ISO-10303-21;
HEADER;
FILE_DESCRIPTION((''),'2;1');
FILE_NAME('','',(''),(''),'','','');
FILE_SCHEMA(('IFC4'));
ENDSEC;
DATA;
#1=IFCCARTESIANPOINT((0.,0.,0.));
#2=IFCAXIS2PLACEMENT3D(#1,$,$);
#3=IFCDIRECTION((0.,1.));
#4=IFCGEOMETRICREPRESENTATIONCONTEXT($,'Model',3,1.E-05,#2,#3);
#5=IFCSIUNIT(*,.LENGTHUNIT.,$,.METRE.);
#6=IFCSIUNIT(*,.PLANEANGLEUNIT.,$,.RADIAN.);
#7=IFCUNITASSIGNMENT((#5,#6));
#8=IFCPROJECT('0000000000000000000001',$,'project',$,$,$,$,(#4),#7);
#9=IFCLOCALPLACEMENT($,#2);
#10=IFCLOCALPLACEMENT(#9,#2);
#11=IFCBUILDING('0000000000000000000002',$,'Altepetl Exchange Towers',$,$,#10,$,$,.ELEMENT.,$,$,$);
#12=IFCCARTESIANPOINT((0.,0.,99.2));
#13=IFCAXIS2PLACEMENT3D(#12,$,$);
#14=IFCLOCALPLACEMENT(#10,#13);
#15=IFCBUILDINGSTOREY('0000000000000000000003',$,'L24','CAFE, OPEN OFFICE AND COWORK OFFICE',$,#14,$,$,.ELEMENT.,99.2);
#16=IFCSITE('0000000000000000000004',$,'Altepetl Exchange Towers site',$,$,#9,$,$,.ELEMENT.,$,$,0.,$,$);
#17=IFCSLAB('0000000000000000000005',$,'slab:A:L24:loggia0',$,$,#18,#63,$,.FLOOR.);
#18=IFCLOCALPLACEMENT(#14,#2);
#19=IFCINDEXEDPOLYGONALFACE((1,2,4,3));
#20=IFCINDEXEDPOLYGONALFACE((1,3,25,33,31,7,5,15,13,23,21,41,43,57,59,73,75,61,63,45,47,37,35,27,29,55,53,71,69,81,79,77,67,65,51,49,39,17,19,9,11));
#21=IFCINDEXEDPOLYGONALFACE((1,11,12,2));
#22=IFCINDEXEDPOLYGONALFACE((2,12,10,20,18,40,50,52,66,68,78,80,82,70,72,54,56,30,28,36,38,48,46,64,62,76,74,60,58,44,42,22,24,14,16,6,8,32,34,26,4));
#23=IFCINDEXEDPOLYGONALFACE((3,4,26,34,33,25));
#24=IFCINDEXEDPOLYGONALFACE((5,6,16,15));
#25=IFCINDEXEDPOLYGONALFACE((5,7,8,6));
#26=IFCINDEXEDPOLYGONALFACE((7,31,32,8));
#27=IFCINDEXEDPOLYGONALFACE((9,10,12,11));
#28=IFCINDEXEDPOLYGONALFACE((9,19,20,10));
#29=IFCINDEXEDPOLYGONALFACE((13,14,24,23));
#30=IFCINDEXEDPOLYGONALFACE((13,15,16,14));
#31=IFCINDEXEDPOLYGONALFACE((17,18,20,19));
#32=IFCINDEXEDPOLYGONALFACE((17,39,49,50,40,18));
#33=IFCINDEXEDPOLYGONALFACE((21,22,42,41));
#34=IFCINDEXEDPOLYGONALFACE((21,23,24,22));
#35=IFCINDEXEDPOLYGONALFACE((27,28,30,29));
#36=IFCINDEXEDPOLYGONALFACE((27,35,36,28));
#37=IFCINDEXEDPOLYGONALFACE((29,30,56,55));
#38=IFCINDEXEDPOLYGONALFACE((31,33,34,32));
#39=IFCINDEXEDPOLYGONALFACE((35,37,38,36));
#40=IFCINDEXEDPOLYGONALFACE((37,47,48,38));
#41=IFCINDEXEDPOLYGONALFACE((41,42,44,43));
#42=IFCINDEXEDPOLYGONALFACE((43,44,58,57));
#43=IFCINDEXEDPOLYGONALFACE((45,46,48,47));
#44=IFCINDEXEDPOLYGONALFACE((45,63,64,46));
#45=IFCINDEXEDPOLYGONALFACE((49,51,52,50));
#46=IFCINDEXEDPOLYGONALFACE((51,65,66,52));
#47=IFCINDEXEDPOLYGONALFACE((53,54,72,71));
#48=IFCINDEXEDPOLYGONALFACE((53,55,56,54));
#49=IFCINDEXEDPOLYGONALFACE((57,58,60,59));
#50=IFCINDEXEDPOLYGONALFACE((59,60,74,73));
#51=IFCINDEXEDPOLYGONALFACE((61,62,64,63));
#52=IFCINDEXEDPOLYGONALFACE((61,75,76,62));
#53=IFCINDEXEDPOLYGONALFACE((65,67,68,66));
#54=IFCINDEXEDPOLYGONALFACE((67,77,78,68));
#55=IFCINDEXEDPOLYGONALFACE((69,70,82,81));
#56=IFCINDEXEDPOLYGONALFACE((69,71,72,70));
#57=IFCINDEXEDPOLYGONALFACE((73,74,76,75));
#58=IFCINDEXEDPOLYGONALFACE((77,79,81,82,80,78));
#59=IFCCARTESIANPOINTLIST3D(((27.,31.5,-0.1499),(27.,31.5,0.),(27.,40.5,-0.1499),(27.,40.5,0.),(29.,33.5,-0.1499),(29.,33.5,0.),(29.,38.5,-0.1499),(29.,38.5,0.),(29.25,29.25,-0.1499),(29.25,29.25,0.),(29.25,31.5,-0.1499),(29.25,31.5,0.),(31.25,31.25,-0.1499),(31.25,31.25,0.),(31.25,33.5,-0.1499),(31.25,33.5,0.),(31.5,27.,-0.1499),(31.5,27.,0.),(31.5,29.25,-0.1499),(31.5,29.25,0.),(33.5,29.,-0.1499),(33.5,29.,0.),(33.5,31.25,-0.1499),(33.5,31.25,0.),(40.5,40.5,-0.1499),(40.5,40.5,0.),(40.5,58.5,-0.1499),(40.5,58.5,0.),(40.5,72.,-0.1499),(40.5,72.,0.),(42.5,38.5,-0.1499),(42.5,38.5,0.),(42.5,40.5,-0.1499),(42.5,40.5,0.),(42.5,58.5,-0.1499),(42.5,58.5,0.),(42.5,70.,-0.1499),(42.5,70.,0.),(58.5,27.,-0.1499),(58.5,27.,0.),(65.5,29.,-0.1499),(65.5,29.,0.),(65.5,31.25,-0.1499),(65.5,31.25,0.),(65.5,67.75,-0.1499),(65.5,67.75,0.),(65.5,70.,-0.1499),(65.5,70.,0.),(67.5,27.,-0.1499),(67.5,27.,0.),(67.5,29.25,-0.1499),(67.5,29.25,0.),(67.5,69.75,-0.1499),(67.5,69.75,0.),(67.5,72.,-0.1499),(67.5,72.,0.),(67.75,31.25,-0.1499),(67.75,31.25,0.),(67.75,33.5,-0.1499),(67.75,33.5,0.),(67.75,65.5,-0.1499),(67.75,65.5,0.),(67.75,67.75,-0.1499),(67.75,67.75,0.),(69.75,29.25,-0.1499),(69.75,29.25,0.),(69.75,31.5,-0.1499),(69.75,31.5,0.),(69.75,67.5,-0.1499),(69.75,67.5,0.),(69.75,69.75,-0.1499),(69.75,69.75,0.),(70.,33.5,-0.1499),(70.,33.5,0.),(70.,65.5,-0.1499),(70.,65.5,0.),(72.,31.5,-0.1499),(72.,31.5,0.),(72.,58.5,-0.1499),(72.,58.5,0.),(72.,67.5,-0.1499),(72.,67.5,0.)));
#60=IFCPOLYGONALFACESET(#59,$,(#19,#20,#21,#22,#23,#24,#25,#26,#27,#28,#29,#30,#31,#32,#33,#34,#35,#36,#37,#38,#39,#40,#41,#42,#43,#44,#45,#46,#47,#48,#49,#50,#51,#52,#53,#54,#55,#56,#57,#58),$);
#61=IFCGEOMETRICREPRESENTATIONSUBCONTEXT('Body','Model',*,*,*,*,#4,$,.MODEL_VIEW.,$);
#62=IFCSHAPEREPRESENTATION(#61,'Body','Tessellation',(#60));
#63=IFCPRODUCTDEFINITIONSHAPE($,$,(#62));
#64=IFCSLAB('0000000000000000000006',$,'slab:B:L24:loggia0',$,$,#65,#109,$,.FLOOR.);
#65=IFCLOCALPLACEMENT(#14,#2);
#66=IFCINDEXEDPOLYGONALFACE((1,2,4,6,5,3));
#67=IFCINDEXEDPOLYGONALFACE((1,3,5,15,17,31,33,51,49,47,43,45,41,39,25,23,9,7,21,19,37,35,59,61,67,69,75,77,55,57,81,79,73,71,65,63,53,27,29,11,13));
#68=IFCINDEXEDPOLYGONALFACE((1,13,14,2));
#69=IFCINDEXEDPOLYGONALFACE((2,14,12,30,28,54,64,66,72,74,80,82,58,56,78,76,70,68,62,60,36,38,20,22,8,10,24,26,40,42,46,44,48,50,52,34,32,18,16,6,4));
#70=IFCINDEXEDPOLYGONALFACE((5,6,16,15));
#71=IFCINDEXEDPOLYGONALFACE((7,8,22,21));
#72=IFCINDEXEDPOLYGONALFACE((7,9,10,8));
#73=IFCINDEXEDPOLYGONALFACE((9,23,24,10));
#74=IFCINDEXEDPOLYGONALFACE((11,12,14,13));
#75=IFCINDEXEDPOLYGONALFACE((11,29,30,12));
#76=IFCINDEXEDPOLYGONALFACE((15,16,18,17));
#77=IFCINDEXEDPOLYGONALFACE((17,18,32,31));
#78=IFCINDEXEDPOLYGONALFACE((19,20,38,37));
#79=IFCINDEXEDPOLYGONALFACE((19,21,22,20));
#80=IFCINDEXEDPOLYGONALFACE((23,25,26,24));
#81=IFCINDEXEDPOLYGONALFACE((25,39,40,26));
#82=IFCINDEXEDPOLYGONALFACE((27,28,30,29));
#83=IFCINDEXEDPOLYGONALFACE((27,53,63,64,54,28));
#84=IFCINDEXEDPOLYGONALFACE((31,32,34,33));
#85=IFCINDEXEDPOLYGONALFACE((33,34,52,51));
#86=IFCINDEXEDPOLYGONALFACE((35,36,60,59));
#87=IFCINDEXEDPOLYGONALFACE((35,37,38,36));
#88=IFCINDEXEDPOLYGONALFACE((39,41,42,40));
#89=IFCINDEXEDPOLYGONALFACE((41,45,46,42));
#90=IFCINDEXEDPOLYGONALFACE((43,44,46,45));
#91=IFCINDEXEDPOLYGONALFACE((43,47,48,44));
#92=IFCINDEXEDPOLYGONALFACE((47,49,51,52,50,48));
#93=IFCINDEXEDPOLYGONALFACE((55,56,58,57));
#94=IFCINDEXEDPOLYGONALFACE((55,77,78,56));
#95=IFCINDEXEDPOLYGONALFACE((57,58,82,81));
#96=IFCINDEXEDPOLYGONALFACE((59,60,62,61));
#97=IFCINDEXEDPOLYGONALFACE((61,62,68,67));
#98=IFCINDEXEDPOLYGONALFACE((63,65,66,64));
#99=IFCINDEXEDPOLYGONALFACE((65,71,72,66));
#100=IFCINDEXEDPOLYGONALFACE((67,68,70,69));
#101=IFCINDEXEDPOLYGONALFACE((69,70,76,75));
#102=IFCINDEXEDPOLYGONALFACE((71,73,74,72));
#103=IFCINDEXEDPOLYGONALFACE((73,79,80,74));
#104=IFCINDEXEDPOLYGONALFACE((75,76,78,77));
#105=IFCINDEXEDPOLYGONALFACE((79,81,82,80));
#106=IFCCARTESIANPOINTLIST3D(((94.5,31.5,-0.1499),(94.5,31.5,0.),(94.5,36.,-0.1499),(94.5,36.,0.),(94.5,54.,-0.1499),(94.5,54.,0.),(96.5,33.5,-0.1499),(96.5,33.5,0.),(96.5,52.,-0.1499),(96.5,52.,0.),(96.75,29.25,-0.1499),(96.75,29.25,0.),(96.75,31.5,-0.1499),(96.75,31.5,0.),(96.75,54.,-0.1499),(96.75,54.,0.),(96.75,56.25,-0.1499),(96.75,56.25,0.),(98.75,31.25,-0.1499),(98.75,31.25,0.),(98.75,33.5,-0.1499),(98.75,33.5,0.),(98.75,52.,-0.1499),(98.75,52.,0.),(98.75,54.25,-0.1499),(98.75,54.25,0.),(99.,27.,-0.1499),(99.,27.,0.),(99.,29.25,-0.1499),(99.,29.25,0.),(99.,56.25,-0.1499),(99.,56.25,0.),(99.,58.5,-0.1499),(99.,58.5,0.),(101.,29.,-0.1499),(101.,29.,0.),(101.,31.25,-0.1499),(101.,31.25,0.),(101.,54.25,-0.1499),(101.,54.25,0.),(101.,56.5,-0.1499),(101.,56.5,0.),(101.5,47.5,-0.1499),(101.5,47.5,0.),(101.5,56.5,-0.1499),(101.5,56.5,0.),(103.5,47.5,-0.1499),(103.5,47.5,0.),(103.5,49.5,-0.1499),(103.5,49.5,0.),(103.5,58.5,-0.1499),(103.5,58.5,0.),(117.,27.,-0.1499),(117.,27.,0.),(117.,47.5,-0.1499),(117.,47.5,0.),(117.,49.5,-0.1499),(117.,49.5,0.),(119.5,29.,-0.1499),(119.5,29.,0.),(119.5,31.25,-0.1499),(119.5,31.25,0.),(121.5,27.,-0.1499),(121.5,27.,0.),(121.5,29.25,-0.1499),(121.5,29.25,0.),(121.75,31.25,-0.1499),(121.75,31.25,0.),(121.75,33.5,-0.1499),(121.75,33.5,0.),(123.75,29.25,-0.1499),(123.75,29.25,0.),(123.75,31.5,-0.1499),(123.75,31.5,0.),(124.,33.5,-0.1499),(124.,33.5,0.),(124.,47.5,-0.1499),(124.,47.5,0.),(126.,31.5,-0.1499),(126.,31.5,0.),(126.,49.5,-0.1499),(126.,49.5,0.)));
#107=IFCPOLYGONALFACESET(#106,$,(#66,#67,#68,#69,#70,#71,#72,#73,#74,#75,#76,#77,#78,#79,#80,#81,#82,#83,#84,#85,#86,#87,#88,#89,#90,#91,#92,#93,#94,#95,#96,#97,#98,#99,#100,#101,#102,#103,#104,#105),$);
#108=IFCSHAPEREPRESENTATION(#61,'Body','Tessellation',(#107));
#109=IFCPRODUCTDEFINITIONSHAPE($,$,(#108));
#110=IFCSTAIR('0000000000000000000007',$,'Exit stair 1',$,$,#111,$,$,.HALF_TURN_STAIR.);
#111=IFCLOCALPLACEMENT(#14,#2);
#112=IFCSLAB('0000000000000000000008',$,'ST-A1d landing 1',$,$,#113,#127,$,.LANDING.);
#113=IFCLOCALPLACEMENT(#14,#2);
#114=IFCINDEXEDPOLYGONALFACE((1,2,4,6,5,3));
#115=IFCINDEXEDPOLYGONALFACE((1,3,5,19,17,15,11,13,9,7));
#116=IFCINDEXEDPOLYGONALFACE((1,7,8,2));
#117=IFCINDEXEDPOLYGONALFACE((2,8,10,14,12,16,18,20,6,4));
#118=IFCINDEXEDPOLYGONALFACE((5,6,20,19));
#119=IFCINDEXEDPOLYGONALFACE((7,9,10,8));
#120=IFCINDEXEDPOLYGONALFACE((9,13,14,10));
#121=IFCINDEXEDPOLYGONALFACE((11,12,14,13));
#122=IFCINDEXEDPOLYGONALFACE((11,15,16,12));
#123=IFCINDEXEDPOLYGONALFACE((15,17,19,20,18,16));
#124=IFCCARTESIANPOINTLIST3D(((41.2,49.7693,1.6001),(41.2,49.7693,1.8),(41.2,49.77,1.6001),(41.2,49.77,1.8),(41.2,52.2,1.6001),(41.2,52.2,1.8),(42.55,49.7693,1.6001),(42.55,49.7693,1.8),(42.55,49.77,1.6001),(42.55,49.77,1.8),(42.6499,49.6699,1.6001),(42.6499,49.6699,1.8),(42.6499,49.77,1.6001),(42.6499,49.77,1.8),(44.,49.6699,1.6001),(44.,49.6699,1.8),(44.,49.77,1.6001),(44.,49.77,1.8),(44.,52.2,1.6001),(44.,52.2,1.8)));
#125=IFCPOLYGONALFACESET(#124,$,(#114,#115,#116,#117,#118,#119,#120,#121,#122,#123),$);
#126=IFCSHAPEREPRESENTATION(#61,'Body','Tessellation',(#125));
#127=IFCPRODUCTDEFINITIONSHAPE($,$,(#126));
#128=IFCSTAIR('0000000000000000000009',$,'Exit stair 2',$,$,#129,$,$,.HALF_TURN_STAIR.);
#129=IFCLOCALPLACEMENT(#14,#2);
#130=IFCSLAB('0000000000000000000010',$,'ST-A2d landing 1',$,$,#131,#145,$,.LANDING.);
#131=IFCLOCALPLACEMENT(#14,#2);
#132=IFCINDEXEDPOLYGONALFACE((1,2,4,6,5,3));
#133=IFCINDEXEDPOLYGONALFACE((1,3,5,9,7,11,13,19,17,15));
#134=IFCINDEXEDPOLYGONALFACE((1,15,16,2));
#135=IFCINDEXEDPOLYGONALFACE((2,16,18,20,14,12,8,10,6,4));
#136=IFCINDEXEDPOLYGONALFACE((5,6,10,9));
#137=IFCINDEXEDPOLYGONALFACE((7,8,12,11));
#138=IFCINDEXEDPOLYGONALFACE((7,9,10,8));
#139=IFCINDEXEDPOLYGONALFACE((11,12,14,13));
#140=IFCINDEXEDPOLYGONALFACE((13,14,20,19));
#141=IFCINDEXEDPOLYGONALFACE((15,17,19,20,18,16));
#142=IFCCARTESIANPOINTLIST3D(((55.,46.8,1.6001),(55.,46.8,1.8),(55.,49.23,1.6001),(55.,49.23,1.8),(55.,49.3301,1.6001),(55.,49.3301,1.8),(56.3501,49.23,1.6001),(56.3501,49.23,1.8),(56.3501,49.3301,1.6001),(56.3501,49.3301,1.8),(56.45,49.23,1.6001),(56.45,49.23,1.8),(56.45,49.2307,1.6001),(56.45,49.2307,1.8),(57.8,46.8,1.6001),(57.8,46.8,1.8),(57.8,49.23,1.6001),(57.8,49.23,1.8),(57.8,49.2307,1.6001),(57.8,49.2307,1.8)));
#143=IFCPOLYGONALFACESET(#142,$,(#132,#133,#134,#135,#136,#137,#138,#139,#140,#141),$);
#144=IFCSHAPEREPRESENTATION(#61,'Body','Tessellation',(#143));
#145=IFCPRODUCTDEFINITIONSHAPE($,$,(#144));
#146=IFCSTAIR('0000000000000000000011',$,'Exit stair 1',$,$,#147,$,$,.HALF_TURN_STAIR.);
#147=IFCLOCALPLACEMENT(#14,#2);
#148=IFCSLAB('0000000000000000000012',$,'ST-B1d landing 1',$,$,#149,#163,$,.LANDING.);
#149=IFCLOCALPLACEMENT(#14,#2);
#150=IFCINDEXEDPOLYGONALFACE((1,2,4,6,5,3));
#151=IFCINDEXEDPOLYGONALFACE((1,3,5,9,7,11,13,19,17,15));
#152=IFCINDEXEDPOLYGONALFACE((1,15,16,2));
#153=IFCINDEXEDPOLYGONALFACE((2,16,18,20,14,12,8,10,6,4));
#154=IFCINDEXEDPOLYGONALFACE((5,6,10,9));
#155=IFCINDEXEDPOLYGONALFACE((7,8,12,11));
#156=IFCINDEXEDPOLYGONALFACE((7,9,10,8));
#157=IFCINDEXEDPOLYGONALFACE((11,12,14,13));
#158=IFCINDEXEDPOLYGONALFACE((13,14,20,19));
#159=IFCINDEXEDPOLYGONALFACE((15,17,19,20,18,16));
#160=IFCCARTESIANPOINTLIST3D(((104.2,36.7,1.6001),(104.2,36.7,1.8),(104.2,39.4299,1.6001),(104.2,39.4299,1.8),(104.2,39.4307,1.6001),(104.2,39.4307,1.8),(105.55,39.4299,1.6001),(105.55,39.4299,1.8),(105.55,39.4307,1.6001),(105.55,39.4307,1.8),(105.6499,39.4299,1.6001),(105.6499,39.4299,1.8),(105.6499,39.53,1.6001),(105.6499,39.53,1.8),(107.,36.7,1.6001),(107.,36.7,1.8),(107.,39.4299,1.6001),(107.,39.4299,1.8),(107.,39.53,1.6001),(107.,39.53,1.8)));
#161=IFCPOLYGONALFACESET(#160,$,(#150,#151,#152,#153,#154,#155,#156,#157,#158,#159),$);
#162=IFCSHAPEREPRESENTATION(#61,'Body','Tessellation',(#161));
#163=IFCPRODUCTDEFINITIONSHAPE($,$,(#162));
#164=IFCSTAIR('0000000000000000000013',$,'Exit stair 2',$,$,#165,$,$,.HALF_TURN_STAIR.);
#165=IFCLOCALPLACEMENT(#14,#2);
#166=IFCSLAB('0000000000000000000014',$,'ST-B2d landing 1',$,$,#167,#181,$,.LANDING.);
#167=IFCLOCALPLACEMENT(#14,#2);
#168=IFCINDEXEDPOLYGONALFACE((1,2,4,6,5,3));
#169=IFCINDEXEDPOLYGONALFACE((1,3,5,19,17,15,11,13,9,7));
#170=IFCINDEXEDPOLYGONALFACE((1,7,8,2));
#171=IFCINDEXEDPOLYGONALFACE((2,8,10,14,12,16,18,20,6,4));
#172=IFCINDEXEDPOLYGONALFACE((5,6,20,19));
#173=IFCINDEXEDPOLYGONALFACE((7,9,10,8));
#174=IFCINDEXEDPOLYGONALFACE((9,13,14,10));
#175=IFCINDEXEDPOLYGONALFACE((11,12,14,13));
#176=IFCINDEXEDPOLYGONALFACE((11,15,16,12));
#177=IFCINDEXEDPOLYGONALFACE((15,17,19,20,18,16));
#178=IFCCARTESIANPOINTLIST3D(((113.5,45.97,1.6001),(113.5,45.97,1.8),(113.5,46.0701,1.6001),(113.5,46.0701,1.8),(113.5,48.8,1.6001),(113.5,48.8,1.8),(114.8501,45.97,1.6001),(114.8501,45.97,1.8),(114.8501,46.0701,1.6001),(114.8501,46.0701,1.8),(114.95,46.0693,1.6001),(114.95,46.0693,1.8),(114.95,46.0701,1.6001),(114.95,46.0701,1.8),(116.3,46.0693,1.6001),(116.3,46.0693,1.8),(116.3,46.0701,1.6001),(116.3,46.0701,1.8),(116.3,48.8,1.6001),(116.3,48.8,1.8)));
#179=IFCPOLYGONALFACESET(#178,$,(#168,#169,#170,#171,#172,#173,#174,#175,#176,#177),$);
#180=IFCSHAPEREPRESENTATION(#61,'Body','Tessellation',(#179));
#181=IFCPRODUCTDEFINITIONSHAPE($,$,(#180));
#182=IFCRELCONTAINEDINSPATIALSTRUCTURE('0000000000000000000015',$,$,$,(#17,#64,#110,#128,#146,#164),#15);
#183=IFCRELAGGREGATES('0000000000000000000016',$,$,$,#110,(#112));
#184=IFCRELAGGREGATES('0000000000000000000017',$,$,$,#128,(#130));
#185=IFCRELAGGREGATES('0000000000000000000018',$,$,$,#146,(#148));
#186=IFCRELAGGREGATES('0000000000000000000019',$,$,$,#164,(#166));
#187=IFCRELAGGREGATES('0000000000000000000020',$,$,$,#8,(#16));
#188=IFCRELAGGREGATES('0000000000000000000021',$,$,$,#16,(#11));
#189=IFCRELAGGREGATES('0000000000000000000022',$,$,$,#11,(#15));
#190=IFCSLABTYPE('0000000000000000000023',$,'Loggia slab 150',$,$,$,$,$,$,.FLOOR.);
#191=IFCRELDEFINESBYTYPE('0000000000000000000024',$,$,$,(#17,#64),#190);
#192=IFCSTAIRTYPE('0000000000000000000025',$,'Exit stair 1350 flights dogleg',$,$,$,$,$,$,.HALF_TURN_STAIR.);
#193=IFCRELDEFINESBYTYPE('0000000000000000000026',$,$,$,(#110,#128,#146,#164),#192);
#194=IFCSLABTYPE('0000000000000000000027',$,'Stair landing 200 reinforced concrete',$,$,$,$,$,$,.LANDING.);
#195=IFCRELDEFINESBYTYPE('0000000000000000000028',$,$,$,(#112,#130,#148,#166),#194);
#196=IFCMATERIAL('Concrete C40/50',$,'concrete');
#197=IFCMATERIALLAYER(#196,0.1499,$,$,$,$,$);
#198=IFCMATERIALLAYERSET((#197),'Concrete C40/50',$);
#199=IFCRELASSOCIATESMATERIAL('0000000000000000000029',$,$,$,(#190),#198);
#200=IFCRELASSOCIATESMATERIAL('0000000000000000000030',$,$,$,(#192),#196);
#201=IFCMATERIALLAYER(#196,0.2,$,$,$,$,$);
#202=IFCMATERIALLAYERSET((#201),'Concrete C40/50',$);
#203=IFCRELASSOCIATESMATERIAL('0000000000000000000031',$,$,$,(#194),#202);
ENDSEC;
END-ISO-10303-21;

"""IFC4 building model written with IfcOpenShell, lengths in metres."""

from ifc_helpers import new_model, si_unit, direction, frame, origin, place, context, subcontext, project, spatial, polyline, outline, extrude, material, layer, layer_set, type_object, element, aggregate, save


model = new_model("IFC4")

# Units and contexts
model_context = context("Model", 3, precision=1e-05, world=origin(), true_north=direction((0.0, 1.0)))
body_context = subcontext(model_context, "Body", "Model", "MODEL_VIEW")
ifc_project = project(units=[si_unit("LENGTHUNIT", "METRE"), si_unit("PLANEANGLEUNIT", "RADIAN")], contexts=[model_context])

# Site, building, storey
site_placement = place(None, origin())
site = spatial("IfcSite", under=ifc_project, at=site_placement, Name="Altepetl Exchange Towers site", CompositionType="ELEMENT", RefElevation=0.0)
building_placement = place(site_placement, origin())
building = spatial("IfcBuilding", under=site, at=building_placement, Name="Altepetl Exchange Towers", CompositionType="ELEMENT")
storey_placement = place(building_placement, frame((0.0, 0.0, 99.2)))
storey = spatial("IfcBuildingStorey", under=building, at=storey_placement, Name="L24", Description="CAFE, OPEN OFFICE AND COWORK OFFICE", CompositionType="ELEMENT", Elevation=99.2)

# Slabs
ifc_material_1 = material(Name="Concrete C40/50", Category="concrete")
ifc_layer_1 = layer(ifc_material_1, 0.1499)
ifc_layer_set_1 = layer_set([ifc_layer_1], Name="Concrete C40/50")
slab_type_1 = type_object("IfcSlabType", Name="Loggia slab 150", PredefinedType="FLOOR", material=ifc_layer_set_1)
slab_1_placement = place(storey_placement, frame((0.0, 0.0, -0.1499)))
element("IfcSlab", 1, at=slab_1_placement, inside=storey, type_object=slab_type_1, Name="slab:A:L24:loggia0", PredefinedType="FLOOR", context=body_context, shape_type="SweptSolid", body=[
    extrude(outline(polyline([(40.5, 72.0), (40.5, 58.5), (42.5, 58.5), (42.5, 70.0), (65.5, 70.0), (65.5, 67.75), (67.75, 67.75), (67.75, 65.5), (70.0, 65.5), (70.0, 33.5), (67.75, 33.5), (67.75, 31.25), (65.5, 31.25), (65.5, 29.0), (33.5, 29.0), (33.5, 31.25), (31.25, 31.25), (31.25, 33.5), (29.0, 33.5), (29.0, 38.5), (42.5, 38.5), (42.5, 40.5), (40.5, 40.5), (27.0, 40.5), (27.0, 31.5), (29.25, 31.5), (29.25, 29.25), (31.5, 29.25), (31.5, 27.0), (58.5, 27.0), (67.5, 27.0), (67.5, 29.25), (69.75, 29.25), (69.75, 31.5), (72.0, 31.5), (72.0, 58.5), (72.0, 67.5), (69.75, 67.5), (69.75, 69.75), (67.5, 69.75), (67.5, 72.0), (40.5, 72.0)])), origin(), (0.0, 0.0, 1.0), 0.1499),
])
slab_2_placement = place(storey_placement, frame((0.0, 0.0, -0.1499)))
element("IfcSlab", 2, at=slab_2_placement, inside=storey, type_object=slab_type_1, Name="slab:B:L24:loggia0", PredefinedType="FLOOR", context=body_context, shape_type="SweptSolid", body=[
    extrude(outline(polyline([(96.75, 54.0), (94.5, 54.0), (94.5, 36.0), (94.5, 31.5), (96.75, 31.5), (96.75, 29.25), (99.0, 29.25), (99.0, 27.0), (117.0, 27.0), (121.5, 27.0), (121.5, 29.25), (123.75, 29.25), (123.75, 31.5), (126.0, 31.5), (126.0, 49.5), (117.0, 49.5), (117.0, 47.5), (124.0, 47.5), (124.0, 33.5), (121.75, 33.5), (121.75, 31.25), (119.5, 31.25), (119.5, 29.0), (101.0, 29.0), (101.0, 31.25), (98.75, 31.25), (98.75, 33.5), (96.5, 33.5), (96.5, 52.0), (98.75, 52.0), (98.75, 54.25), (101.0, 54.25), (101.0, 56.5), (101.5, 56.5), (101.5, 47.5), (103.5, 47.5), (103.5, 49.5), (103.5, 58.5), (99.0, 58.5), (99.0, 56.25), (96.75, 56.25), (96.75, 54.0)])), origin(), (0.0, 0.0, 1.0), 0.1499),
])

# Stairs, slabs
stair_type = type_object("IfcStairType", Name="Exit stair 1350 flights dogleg", PredefinedType="HALF_TURN_STAIR", material=ifc_material_1)
stair_1_placement = place(storey_placement, origin())
stair_1 = element("IfcStair", 3, at=stair_1_placement, inside=storey, type_object=stair_type, Name="Exit stair 1", PredefinedType="HALF_TURN_STAIR")
ifc_layer_2 = layer(ifc_material_1, 0.2)
ifc_layer_set_2 = layer_set([ifc_layer_2], Name="Concrete C40/50")
slab_type_2 = type_object("IfcSlabType", Name="Stair landing 200 reinforced concrete", PredefinedType="LANDING", material=ifc_layer_set_2)
slab_3_placement = place(storey_placement, frame((0.0, 0.0, 1.6001)))
slab_3 = element("IfcSlab", 4, at=slab_3_placement, type_object=slab_type_2, Name="ST-A1d landing 1", PredefinedType="LANDING", context=body_context, shape_type="SweptSolid", body=[
    extrude(outline(polyline([(44.0, 49.6699), (42.6499, 49.6699), (42.6499, 49.77), (42.55, 49.77), (42.55, 49.7693), (41.2, 49.7693), (41.2, 49.77), (41.2, 52.2), (44.0, 52.2), (44.0, 49.77), (44.0, 49.6699)])), origin(), (0.0, 0.0, 1.0), 0.2),
])
aggregate(stair_1, [slab_3])
stair_2_placement = place(storey_placement, origin())
stair_2 = element("IfcStair", 5, at=stair_2_placement, inside=storey, type_object=stair_type, Name="Exit stair 2", PredefinedType="HALF_TURN_STAIR")
slab_4_placement = place(storey_placement, frame((0.0, 0.0, 1.6001)))
slab_4 = element("IfcSlab", 6, at=slab_4_placement, type_object=slab_type_2, Name="ST-A2d landing 1", PredefinedType="LANDING", context=body_context, shape_type="SweptSolid", body=[
    extrude(outline(polyline([(57.8, 46.8), (55.0, 46.8), (55.0, 49.23), (55.0, 49.3301), (56.3501, 49.3301), (56.3501, 49.23), (56.45, 49.23), (56.45, 49.2307), (57.8, 49.2307), (57.8, 49.23), (57.8, 46.8)])), origin(), (0.0, 0.0, 1.0), 0.2),
])
aggregate(stair_2, [slab_4])
stair_3_placement = place(storey_placement, origin())
stair_3 = element("IfcStair", 7, at=stair_3_placement, inside=storey, type_object=stair_type, Name="Exit stair 1", PredefinedType="HALF_TURN_STAIR")
slab_5_placement = place(storey_placement, frame((0.0, 0.0, 1.6001)))
slab_5 = element("IfcSlab", 8, at=slab_5_placement, type_object=slab_type_2, Name="ST-B1d landing 1", PredefinedType="LANDING", context=body_context, shape_type="SweptSolid", body=[
    extrude(outline(polyline([(107.0, 36.7), (104.2, 36.7), (104.2, 39.4299), (104.2, 39.4307), (105.55, 39.4307), (105.55, 39.4299), (105.6499, 39.4299), (105.6499, 39.53), (107.0, 39.53), (107.0, 39.4299), (107.0, 36.7)])), origin(), (0.0, 0.0, 1.0), 0.2),
])
aggregate(stair_3, [slab_5])
stair_4_placement = place(storey_placement, origin())
stair_4 = element("IfcStair", 9, at=stair_4_placement, inside=storey, type_object=stair_type, Name="Exit stair 2", PredefinedType="HALF_TURN_STAIR")
slab_6_placement = place(storey_placement, frame((0.0, 0.0, 1.6001)))
slab_6 = element("IfcSlab", 10, at=slab_6_placement, type_object=slab_type_2, Name="ST-B2d landing 1", PredefinedType="LANDING", context=body_context, shape_type="SweptSolid", body=[
    extrude(outline(polyline([(114.8501, 45.97), (113.5, 45.97), (113.5, 46.0701), (113.5, 48.8), (116.3, 48.8), (116.3, 46.0701), (116.3, 46.0693), (114.95, 46.0693), (114.95, 46.0701), (114.8501, 46.0701), (114.8501, 45.97)])), origin(), (0.0, 0.0, 1.0), 0.2),
])
aggregate(stair_4, [slab_6])

save(model, "model.ifc")
